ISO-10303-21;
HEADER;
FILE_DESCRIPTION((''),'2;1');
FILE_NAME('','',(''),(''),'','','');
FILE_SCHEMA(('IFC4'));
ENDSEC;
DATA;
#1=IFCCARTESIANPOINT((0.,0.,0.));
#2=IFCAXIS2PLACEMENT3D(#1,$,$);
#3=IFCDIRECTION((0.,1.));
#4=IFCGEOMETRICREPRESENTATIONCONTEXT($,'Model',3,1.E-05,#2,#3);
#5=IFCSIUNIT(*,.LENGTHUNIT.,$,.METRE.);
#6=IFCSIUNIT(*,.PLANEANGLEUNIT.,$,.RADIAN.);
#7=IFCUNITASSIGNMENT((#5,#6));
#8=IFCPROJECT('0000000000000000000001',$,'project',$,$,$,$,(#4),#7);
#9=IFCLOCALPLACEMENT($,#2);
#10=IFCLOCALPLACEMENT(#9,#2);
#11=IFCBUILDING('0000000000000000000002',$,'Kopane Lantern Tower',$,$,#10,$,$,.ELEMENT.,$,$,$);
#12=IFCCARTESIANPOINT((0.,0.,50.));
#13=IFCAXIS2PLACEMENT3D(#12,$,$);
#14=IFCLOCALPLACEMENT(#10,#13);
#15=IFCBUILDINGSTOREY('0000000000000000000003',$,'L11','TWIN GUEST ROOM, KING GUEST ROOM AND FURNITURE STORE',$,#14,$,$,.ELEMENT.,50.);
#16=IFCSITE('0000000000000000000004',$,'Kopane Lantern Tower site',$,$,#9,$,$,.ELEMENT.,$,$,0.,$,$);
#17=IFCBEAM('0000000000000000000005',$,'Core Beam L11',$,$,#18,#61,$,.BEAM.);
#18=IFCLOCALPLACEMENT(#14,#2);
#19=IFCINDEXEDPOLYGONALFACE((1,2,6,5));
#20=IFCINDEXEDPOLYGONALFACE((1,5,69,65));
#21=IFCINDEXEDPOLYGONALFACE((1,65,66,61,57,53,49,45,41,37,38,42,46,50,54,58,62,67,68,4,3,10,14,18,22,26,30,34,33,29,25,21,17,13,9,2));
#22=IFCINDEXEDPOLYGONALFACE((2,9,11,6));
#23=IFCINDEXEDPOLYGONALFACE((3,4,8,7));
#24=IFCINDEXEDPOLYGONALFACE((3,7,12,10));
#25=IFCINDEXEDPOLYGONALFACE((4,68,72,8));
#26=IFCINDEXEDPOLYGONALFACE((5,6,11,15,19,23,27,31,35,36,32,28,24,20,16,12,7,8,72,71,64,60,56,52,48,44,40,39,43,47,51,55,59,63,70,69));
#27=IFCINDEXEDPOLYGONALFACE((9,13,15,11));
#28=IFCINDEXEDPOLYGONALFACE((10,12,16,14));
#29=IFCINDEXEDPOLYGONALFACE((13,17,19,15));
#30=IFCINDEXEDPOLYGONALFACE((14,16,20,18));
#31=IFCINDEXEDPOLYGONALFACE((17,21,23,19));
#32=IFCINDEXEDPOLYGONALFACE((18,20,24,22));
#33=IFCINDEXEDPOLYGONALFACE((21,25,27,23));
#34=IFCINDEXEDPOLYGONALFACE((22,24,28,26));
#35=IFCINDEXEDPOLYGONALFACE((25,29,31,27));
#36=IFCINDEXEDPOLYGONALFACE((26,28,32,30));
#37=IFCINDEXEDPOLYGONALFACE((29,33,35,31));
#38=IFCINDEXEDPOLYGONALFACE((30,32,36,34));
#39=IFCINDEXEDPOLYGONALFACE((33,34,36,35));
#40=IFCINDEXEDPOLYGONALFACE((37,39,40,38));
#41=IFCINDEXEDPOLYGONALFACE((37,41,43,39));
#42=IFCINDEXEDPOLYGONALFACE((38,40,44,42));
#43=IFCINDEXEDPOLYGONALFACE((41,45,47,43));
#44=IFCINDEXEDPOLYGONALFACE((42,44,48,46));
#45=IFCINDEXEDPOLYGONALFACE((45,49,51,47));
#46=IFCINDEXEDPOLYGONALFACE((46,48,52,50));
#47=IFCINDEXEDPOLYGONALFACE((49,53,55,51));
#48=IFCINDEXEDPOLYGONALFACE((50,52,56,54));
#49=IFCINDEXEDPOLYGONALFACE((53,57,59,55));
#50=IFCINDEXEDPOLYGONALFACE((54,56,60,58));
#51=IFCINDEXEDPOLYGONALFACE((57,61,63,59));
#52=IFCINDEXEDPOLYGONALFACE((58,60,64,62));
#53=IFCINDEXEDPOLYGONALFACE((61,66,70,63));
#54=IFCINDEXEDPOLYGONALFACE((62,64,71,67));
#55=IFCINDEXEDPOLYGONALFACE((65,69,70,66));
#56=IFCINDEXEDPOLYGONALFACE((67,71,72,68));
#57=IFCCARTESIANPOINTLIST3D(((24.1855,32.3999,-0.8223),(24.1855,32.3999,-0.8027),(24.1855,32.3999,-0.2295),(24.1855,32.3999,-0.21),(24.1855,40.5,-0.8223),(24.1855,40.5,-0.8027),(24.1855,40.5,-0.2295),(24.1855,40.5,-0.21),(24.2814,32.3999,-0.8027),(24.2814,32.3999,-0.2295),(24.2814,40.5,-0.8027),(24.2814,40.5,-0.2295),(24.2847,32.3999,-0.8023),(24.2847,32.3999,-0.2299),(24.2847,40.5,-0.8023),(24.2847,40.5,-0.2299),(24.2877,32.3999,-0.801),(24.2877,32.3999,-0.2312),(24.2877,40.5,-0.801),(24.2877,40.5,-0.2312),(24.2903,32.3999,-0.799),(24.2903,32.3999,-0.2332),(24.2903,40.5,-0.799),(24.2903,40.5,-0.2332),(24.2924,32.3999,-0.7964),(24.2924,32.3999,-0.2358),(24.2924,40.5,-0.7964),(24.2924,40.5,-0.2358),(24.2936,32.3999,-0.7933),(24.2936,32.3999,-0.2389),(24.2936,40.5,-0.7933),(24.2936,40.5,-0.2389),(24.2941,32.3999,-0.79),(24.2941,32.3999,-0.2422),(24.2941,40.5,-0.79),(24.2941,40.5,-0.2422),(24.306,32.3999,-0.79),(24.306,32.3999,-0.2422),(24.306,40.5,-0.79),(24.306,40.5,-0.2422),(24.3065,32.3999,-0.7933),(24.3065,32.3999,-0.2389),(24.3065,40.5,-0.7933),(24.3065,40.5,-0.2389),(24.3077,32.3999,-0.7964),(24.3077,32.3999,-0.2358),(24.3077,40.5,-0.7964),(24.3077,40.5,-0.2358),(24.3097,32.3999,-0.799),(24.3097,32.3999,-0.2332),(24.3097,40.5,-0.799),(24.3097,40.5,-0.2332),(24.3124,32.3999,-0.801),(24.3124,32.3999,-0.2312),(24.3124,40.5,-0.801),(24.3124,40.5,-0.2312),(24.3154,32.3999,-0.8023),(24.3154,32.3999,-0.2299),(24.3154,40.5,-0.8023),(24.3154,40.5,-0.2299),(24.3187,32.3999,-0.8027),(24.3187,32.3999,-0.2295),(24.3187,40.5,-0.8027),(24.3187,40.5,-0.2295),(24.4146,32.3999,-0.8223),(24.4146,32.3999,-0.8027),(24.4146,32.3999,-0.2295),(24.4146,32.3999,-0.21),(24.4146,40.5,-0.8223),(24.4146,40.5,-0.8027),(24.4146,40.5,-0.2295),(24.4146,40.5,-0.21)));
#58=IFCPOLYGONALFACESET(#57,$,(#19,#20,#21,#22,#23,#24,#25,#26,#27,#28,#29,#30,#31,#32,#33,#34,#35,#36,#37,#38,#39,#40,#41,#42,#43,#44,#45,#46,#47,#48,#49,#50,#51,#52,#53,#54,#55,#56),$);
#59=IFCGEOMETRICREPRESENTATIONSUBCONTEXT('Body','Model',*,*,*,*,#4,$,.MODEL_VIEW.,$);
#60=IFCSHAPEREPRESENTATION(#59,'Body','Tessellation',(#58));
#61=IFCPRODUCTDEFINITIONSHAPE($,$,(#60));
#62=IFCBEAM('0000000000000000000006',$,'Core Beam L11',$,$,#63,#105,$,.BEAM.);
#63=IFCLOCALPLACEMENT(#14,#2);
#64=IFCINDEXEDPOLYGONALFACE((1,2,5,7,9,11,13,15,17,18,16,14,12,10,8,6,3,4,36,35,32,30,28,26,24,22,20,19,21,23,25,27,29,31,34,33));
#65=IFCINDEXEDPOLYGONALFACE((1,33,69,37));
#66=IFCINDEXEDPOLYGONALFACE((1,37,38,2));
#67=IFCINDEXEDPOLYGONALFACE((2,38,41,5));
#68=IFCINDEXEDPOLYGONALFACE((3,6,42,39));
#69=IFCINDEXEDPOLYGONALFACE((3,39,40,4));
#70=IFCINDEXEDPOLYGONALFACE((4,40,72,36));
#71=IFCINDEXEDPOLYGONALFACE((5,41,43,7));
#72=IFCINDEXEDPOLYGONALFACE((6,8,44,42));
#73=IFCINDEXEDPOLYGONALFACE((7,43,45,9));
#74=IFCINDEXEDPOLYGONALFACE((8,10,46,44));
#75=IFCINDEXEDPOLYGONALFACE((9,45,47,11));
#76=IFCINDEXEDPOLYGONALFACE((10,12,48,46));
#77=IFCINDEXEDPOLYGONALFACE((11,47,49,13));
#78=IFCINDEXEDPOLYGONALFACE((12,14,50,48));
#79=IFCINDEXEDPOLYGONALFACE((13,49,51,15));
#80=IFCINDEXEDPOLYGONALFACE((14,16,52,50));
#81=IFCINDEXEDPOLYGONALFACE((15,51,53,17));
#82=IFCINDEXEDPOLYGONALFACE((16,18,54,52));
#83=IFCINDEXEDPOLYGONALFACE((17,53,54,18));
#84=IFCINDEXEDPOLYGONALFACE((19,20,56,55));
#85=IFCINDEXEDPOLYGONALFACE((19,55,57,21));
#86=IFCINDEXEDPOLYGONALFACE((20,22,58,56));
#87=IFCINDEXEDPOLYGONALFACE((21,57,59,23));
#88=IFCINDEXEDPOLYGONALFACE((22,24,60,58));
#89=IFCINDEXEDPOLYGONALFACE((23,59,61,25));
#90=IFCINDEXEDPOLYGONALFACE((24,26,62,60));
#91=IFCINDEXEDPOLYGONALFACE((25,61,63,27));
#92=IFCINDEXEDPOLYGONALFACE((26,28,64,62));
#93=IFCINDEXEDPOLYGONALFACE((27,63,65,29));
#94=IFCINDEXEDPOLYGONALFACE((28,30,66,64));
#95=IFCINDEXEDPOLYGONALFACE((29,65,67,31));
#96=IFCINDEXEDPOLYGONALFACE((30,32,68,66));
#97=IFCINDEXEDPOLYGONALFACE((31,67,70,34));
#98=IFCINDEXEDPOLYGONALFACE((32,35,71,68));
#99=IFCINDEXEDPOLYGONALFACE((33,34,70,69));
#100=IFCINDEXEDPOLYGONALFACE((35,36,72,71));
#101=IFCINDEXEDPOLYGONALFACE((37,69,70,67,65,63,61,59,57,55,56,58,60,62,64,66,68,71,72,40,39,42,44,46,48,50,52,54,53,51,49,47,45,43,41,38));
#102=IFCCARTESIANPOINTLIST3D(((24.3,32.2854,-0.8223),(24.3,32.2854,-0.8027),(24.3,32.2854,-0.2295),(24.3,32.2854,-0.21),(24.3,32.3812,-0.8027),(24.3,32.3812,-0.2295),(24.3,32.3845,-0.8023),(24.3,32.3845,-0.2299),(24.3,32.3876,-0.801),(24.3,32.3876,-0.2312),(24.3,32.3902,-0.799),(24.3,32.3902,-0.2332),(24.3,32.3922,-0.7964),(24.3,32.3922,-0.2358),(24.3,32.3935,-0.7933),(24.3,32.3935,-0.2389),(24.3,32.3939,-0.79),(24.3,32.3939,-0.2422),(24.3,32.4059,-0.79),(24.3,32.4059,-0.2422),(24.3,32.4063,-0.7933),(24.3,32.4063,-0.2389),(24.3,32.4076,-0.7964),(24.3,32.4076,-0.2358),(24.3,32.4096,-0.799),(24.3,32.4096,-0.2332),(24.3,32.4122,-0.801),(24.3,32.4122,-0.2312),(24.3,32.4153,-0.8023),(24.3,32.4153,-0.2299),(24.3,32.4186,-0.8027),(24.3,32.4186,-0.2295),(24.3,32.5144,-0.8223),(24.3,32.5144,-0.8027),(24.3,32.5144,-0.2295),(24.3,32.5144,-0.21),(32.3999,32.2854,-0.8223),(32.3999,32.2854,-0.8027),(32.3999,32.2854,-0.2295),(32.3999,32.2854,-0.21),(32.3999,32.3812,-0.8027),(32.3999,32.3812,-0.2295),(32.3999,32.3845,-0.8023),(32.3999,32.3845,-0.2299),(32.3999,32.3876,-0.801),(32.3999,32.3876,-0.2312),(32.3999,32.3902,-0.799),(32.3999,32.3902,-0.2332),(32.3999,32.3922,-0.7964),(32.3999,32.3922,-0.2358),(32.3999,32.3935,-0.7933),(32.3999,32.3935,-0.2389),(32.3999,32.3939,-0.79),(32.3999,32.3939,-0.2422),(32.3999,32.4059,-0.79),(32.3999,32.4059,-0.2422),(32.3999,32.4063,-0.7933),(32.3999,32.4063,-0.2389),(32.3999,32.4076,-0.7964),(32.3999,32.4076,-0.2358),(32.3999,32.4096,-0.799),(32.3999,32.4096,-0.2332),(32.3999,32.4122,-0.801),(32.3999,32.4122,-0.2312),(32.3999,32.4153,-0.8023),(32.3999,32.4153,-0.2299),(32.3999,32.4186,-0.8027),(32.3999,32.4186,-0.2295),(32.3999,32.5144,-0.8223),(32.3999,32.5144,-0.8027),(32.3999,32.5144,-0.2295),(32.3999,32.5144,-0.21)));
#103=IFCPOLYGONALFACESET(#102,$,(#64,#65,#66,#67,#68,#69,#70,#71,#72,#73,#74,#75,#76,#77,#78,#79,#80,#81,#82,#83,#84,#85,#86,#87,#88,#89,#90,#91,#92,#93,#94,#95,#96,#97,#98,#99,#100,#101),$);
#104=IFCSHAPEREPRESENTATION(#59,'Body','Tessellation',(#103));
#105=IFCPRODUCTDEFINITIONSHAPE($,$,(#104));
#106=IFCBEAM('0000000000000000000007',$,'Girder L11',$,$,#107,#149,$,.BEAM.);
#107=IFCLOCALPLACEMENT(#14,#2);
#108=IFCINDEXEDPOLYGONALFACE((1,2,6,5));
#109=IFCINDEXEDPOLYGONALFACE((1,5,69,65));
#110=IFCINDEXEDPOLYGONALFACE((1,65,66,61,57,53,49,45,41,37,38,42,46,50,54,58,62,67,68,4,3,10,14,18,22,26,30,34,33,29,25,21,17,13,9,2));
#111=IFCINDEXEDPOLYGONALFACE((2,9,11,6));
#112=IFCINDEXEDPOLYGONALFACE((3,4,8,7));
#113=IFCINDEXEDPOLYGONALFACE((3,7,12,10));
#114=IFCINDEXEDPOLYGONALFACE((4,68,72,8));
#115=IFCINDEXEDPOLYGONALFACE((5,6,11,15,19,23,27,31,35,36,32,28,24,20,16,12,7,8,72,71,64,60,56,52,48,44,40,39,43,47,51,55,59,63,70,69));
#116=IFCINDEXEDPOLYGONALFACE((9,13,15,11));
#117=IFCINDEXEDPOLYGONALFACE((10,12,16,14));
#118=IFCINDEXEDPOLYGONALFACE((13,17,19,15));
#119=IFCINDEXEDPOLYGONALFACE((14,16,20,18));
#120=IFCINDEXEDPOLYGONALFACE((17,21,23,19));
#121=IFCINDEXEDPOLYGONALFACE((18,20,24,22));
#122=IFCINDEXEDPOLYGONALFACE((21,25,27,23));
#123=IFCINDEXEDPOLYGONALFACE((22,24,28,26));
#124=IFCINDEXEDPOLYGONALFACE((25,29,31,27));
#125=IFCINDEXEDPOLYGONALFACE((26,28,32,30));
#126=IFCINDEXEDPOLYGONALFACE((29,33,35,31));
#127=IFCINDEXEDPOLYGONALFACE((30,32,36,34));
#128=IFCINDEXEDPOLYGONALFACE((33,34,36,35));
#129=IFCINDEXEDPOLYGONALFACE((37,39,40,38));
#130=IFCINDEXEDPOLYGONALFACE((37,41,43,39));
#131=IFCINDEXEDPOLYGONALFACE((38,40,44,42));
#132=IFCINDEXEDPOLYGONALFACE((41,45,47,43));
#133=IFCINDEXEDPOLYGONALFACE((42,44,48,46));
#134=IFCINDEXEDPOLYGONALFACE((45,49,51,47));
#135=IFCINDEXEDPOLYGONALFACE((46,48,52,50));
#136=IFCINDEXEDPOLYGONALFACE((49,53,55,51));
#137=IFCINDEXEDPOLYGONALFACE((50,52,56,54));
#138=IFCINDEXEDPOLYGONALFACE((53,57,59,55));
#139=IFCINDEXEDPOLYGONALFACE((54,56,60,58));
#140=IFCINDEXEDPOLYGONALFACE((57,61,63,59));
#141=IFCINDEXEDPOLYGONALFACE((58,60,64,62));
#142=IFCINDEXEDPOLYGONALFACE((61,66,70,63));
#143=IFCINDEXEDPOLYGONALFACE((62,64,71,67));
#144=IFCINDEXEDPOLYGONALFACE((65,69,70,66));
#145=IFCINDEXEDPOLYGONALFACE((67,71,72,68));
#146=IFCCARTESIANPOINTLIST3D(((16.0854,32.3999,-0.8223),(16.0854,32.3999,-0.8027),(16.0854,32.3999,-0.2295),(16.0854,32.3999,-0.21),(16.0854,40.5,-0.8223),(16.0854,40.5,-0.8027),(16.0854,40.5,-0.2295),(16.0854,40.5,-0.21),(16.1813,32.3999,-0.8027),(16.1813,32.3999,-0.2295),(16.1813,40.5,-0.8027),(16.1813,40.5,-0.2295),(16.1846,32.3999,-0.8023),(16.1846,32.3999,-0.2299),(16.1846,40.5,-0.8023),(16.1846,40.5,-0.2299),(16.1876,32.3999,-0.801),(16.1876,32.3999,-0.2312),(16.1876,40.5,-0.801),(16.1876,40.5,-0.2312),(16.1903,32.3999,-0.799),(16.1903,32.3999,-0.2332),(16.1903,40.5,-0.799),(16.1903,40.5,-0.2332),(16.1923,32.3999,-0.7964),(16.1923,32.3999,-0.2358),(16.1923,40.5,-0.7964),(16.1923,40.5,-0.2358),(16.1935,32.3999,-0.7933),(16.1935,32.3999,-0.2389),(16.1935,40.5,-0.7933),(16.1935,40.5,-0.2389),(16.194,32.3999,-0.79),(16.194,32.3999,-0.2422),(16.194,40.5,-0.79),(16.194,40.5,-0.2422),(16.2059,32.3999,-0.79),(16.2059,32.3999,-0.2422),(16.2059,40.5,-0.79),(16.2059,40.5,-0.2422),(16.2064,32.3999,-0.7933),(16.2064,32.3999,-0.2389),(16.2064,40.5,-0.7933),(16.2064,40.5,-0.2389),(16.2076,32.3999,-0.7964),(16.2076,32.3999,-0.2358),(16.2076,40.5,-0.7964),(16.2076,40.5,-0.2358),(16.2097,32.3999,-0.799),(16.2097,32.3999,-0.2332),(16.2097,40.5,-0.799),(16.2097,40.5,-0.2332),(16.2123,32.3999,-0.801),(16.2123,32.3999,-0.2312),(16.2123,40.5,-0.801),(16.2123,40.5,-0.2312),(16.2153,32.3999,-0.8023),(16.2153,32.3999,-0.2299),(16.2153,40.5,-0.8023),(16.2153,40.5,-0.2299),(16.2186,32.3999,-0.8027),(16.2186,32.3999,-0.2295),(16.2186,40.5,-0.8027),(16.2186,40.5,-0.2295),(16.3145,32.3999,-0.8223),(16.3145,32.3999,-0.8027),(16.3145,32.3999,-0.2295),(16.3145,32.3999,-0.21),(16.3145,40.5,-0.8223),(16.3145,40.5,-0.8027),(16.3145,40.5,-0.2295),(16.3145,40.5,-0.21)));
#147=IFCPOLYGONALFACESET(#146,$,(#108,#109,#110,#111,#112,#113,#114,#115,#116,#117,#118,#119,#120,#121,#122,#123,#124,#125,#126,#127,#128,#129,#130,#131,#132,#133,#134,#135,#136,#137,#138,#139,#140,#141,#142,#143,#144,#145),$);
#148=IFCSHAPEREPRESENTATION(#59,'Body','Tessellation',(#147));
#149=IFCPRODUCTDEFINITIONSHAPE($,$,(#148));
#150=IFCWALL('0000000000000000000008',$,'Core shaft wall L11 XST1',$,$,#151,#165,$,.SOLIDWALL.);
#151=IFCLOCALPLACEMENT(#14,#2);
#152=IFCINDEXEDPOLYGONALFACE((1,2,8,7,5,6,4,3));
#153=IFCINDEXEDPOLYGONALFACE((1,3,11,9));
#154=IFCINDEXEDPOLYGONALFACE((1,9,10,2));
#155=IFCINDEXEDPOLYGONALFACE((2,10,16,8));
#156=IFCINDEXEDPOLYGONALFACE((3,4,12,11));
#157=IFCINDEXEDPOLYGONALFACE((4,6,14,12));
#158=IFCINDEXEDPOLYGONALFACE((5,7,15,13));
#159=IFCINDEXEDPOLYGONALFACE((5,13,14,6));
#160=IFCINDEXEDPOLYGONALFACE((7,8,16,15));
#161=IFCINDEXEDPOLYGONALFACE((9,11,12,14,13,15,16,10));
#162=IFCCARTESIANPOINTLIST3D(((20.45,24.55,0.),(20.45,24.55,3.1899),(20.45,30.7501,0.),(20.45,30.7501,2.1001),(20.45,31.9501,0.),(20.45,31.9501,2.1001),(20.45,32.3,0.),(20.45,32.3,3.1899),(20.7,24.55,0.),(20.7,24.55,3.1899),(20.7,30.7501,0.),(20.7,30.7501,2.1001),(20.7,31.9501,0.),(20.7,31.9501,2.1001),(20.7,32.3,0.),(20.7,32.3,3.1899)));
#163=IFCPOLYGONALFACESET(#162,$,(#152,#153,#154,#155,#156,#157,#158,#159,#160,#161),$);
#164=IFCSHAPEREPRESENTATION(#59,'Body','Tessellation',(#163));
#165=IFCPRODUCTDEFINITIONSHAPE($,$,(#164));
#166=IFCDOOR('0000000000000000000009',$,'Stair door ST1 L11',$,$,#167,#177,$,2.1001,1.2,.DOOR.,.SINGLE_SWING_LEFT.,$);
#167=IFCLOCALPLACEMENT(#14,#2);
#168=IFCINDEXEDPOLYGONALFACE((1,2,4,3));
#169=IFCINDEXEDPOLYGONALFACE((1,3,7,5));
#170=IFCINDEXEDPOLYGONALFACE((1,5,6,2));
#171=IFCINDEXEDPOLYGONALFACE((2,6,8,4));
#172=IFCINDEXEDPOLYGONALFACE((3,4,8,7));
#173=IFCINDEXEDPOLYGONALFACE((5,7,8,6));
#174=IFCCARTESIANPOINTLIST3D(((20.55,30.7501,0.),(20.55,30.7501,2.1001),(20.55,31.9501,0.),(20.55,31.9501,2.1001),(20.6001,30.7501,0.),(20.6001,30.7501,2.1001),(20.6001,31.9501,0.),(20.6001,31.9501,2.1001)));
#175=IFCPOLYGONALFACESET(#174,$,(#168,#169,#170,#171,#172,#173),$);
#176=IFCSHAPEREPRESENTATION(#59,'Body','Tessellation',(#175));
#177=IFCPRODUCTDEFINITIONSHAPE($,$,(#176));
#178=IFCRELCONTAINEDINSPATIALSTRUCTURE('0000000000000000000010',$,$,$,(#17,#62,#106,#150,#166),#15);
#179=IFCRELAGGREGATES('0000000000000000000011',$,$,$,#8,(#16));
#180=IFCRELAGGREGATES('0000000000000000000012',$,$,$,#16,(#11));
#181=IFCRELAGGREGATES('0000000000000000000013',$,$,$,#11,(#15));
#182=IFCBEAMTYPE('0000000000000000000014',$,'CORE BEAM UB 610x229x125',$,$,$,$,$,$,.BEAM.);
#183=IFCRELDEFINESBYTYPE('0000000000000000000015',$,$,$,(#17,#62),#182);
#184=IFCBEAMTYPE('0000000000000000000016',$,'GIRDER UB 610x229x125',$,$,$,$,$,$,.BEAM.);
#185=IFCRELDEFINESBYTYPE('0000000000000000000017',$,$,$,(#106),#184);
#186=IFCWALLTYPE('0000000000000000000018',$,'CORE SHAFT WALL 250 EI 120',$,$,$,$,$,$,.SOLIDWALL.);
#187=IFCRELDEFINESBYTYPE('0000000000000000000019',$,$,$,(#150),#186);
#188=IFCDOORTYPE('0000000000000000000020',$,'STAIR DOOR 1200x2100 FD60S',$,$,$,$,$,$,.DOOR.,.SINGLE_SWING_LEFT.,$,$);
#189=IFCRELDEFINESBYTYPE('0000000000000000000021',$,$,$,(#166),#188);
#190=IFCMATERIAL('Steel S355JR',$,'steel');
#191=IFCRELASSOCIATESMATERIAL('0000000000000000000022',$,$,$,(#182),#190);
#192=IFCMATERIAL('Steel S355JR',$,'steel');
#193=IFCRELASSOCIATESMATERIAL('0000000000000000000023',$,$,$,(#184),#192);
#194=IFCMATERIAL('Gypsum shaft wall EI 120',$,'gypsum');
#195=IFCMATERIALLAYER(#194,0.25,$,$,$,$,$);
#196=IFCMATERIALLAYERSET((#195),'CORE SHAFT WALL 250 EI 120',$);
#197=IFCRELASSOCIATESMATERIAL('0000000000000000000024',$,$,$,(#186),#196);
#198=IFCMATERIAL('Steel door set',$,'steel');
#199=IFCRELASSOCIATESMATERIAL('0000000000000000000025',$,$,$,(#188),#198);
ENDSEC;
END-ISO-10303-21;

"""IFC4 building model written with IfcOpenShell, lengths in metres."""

from ifc_helpers import new_model, si_unit, direction, frame, frame_2d, origin, origin_2d, place, context, subcontext, project, spatial, rectangle, i_section, extrude, material, layer, layer_set, material_profile, profile_set, type_object, element, fill, save


model = new_model("IFC4")

# Units and contexts
model_context = context("Model", 3, precision=1e-05, world=origin(), true_north=direction((0.0, 1.0)))
body_context = subcontext(model_context, "Body", "Model", "MODEL_VIEW")
ifc_project = project(units=[si_unit("LENGTHUNIT", "METRE"), si_unit("PLANEANGLEUNIT", "RADIAN")], contexts=[model_context])

# Site, building, storey
site_placement = place(None, origin())
site = spatial("IfcSite", under=ifc_project, at=site_placement, Name="Kopane Lantern Tower site", CompositionType="ELEMENT", RefElevation=0.0)
building_placement = place(site_placement, origin())
building = spatial("IfcBuilding", under=site, at=building_placement, Name="Kopane Lantern Tower", CompositionType="ELEMENT")
storey_placement = place(building_placement, frame((0.0, 0.0, 50.0)))
storey = spatial("IfcBuildingStorey", under=building, at=storey_placement, Name="L11", Description="TWIN GUEST ROOM, KING GUEST ROOM AND FURNITURE STORE", CompositionType="ELEMENT", Elevation=50.0)

# Beams
ifc_material_1 = material(Name="Steel S355JR", Category="steel")
ifc_material_profile_1 = material_profile(ifc_material_1, i_section(OverallWidth=0.229, OverallDepth=0.6123, WebThickness=0.012, FlangeThickness=0.0195, FilletRadius=0.0127, at=origin_2d()), Name="UB 610x229x125")
ifc_profile_set_1 = profile_set([ifc_material_profile_1], Name="Steel S355JR")
beam_type_1 = type_object("IfcBeamType", Name="CORE BEAM UB 610x229x125", PredefinedType="BEAM", material=ifc_profile_set_1)
for number, where, z_axis, x_axis, name in (
    (1, (24.3, 32.3999, -0.5161), (0.0, 1.0, 0.0), (-1.0, 0.0, 0.0), "Core Beam L11"),
):
    element("IfcBeam", number, at=place(storey_placement, frame(where, z_axis=z_axis, x_axis=x_axis)), inside=storey, type_object=beam_type_1, Name=name, PredefinedType="BEAM", context=body_context, shape_type="SweptSolid", body=[
        extrude(i_section(OverallWidth=0.229, OverallDepth=0.6123, WebThickness=0.012, FlangeThickness=0.0195, FilletRadius=0.0127, at=origin_2d()), origin(), (0.0, 0.0, 1.0), 8.1001),
    ])
beam_1_placement = place(storey_placement, frame((24.3, 32.3999, -0.5161), z_axis=(1.0, 0.0, 0.0), x_axis=(0.0, 1.0, 0.0)))
element("IfcBeam", 2, at=beam_1_placement, inside=storey, type_object=beam_type_1, Name="Core Beam L11", PredefinedType="BEAM", context=body_context, shape_type="SweptSolid", body=[
    extrude(i_section(OverallWidth=0.229, OverallDepth=0.6123, WebThickness=0.012, FlangeThickness=0.0195, FilletRadius=0.0127, at=origin_2d()), origin(), (0.0, 0.0, 1.0), 8.0999),
])
ifc_material_2 = material(Name="Steel S355JR", Category="steel")
ifc_material_profile_2 = material_profile(ifc_material_2, i_section(OverallWidth=0.229, OverallDepth=0.6123, WebThickness=0.012, FlangeThickness=0.0195, FilletRadius=0.0127, at=origin_2d()), Name="UB 610x229x125")
ifc_profile_set_2 = profile_set([ifc_material_profile_2], Name="Steel S355JR")
beam_type_2 = type_object("IfcBeamType", Name="GIRDER UB 610x229x125", PredefinedType="BEAM", material=ifc_profile_set_2)
beam_2_placement = place(storey_placement, frame((16.2, 32.3999, -0.5161), z_axis=(0.0, 1.0, 0.0), x_axis=(-1.0, 0.0, 0.0)))
element("IfcBeam", 3, at=beam_2_placement, inside=storey, type_object=beam_type_2, Name="Girder L11", PredefinedType="BEAM", context=body_context, shape_type="SweptSolid", body=[
    extrude(i_section(OverallWidth=0.229, OverallDepth=0.6123, WebThickness=0.012, FlangeThickness=0.0195, FilletRadius=0.0127, at=origin_2d()), origin(), (0.0, 0.0, 1.0), 8.1001),
])

# Wall, opening, door
ifc_material_3 = material(Name="Gypsum shaft wall EI 120", Category="gypsum")
ifc_layer_1 = layer(ifc_material_3, 0.25)
ifc_layer_set_1 = layer_set([ifc_layer_1], Name="CORE SHAFT WALL 250 EI 120")
wall_type_1 = type_object("IfcWallType", Name="CORE SHAFT WALL 250 EI 120", PredefinedType="SOLIDWALL", material=ifc_layer_set_1)
wall_1_placement = place(storey_placement, frame((20.575, 24.55, 0.0), z_axis=(0.0, 0.0, 1.0), x_axis=(0.0, 1.0, 0.0)))
wall_1 = element("IfcWall", 4, at=wall_1_placement, inside=storey, type_object=wall_type_1, Name="Core shaft wall L11 XST1", PredefinedType="SOLIDWALL", context=body_context, shape_type="SweptSolid", body=[
    extrude(rectangle(XDim=7.75, YDim=0.25, at=frame_2d((3.875, 0.0))), origin(), (0.0, 0.0, 1.0), 3.1899),
])
opening_1_placement = place(wall_1_placement, frame((6.2, 0.0, 0.0)))
opening_1 = element("IfcOpeningElement", 5, at=opening_1_placement, cuts=wall_1, PredefinedType="OPENING", context=body_context, shape_type="SweptSolid", body=[
    extrude(rectangle(XDim=1.2, YDim=2.1001, at=frame_2d((0.6001, 1.05))), frame((0.0, 0.135, 0.0), z_axis=(0.0, -1.0, 0.0), x_axis=(1.0, 0.0, 0.0)), (0.0, 0.0, 1.0), 0.27),
])
ifc_material_4 = material(Name="Steel door set", Category="steel")
door_type_1 = type_object("IfcDoorType", Name="STAIR DOOR 1200x2100 FD60S", OperationType="SINGLE_SWING_LEFT", PredefinedType="DOOR", material=ifc_material_4)
door_1_placement = place(opening_1_placement, origin())
door_1 = element("IfcDoor", 6, at=door_1_placement, inside=storey, type_object=door_type_1, Name="Stair door ST1 L11", OperationType="SINGLE_SWING_LEFT", OverallHeight=2.1001, OverallWidth=1.2, PredefinedType="DOOR", context=body_context, shape_type="SweptSolid", body=[
    extrude(rectangle(XDim=1.2, YDim=2.1001, at=frame_2d((0.6001, 1.05))), frame((0.0, 0.0249, 0.0), z_axis=(0.0, -1.0, 0.0), x_axis=(1.0, 0.0, 0.0)), (0.0, 0.0, 1.0), 0.05),
])
fill(opening_1, door_1)

save(model, "model.ifc")
